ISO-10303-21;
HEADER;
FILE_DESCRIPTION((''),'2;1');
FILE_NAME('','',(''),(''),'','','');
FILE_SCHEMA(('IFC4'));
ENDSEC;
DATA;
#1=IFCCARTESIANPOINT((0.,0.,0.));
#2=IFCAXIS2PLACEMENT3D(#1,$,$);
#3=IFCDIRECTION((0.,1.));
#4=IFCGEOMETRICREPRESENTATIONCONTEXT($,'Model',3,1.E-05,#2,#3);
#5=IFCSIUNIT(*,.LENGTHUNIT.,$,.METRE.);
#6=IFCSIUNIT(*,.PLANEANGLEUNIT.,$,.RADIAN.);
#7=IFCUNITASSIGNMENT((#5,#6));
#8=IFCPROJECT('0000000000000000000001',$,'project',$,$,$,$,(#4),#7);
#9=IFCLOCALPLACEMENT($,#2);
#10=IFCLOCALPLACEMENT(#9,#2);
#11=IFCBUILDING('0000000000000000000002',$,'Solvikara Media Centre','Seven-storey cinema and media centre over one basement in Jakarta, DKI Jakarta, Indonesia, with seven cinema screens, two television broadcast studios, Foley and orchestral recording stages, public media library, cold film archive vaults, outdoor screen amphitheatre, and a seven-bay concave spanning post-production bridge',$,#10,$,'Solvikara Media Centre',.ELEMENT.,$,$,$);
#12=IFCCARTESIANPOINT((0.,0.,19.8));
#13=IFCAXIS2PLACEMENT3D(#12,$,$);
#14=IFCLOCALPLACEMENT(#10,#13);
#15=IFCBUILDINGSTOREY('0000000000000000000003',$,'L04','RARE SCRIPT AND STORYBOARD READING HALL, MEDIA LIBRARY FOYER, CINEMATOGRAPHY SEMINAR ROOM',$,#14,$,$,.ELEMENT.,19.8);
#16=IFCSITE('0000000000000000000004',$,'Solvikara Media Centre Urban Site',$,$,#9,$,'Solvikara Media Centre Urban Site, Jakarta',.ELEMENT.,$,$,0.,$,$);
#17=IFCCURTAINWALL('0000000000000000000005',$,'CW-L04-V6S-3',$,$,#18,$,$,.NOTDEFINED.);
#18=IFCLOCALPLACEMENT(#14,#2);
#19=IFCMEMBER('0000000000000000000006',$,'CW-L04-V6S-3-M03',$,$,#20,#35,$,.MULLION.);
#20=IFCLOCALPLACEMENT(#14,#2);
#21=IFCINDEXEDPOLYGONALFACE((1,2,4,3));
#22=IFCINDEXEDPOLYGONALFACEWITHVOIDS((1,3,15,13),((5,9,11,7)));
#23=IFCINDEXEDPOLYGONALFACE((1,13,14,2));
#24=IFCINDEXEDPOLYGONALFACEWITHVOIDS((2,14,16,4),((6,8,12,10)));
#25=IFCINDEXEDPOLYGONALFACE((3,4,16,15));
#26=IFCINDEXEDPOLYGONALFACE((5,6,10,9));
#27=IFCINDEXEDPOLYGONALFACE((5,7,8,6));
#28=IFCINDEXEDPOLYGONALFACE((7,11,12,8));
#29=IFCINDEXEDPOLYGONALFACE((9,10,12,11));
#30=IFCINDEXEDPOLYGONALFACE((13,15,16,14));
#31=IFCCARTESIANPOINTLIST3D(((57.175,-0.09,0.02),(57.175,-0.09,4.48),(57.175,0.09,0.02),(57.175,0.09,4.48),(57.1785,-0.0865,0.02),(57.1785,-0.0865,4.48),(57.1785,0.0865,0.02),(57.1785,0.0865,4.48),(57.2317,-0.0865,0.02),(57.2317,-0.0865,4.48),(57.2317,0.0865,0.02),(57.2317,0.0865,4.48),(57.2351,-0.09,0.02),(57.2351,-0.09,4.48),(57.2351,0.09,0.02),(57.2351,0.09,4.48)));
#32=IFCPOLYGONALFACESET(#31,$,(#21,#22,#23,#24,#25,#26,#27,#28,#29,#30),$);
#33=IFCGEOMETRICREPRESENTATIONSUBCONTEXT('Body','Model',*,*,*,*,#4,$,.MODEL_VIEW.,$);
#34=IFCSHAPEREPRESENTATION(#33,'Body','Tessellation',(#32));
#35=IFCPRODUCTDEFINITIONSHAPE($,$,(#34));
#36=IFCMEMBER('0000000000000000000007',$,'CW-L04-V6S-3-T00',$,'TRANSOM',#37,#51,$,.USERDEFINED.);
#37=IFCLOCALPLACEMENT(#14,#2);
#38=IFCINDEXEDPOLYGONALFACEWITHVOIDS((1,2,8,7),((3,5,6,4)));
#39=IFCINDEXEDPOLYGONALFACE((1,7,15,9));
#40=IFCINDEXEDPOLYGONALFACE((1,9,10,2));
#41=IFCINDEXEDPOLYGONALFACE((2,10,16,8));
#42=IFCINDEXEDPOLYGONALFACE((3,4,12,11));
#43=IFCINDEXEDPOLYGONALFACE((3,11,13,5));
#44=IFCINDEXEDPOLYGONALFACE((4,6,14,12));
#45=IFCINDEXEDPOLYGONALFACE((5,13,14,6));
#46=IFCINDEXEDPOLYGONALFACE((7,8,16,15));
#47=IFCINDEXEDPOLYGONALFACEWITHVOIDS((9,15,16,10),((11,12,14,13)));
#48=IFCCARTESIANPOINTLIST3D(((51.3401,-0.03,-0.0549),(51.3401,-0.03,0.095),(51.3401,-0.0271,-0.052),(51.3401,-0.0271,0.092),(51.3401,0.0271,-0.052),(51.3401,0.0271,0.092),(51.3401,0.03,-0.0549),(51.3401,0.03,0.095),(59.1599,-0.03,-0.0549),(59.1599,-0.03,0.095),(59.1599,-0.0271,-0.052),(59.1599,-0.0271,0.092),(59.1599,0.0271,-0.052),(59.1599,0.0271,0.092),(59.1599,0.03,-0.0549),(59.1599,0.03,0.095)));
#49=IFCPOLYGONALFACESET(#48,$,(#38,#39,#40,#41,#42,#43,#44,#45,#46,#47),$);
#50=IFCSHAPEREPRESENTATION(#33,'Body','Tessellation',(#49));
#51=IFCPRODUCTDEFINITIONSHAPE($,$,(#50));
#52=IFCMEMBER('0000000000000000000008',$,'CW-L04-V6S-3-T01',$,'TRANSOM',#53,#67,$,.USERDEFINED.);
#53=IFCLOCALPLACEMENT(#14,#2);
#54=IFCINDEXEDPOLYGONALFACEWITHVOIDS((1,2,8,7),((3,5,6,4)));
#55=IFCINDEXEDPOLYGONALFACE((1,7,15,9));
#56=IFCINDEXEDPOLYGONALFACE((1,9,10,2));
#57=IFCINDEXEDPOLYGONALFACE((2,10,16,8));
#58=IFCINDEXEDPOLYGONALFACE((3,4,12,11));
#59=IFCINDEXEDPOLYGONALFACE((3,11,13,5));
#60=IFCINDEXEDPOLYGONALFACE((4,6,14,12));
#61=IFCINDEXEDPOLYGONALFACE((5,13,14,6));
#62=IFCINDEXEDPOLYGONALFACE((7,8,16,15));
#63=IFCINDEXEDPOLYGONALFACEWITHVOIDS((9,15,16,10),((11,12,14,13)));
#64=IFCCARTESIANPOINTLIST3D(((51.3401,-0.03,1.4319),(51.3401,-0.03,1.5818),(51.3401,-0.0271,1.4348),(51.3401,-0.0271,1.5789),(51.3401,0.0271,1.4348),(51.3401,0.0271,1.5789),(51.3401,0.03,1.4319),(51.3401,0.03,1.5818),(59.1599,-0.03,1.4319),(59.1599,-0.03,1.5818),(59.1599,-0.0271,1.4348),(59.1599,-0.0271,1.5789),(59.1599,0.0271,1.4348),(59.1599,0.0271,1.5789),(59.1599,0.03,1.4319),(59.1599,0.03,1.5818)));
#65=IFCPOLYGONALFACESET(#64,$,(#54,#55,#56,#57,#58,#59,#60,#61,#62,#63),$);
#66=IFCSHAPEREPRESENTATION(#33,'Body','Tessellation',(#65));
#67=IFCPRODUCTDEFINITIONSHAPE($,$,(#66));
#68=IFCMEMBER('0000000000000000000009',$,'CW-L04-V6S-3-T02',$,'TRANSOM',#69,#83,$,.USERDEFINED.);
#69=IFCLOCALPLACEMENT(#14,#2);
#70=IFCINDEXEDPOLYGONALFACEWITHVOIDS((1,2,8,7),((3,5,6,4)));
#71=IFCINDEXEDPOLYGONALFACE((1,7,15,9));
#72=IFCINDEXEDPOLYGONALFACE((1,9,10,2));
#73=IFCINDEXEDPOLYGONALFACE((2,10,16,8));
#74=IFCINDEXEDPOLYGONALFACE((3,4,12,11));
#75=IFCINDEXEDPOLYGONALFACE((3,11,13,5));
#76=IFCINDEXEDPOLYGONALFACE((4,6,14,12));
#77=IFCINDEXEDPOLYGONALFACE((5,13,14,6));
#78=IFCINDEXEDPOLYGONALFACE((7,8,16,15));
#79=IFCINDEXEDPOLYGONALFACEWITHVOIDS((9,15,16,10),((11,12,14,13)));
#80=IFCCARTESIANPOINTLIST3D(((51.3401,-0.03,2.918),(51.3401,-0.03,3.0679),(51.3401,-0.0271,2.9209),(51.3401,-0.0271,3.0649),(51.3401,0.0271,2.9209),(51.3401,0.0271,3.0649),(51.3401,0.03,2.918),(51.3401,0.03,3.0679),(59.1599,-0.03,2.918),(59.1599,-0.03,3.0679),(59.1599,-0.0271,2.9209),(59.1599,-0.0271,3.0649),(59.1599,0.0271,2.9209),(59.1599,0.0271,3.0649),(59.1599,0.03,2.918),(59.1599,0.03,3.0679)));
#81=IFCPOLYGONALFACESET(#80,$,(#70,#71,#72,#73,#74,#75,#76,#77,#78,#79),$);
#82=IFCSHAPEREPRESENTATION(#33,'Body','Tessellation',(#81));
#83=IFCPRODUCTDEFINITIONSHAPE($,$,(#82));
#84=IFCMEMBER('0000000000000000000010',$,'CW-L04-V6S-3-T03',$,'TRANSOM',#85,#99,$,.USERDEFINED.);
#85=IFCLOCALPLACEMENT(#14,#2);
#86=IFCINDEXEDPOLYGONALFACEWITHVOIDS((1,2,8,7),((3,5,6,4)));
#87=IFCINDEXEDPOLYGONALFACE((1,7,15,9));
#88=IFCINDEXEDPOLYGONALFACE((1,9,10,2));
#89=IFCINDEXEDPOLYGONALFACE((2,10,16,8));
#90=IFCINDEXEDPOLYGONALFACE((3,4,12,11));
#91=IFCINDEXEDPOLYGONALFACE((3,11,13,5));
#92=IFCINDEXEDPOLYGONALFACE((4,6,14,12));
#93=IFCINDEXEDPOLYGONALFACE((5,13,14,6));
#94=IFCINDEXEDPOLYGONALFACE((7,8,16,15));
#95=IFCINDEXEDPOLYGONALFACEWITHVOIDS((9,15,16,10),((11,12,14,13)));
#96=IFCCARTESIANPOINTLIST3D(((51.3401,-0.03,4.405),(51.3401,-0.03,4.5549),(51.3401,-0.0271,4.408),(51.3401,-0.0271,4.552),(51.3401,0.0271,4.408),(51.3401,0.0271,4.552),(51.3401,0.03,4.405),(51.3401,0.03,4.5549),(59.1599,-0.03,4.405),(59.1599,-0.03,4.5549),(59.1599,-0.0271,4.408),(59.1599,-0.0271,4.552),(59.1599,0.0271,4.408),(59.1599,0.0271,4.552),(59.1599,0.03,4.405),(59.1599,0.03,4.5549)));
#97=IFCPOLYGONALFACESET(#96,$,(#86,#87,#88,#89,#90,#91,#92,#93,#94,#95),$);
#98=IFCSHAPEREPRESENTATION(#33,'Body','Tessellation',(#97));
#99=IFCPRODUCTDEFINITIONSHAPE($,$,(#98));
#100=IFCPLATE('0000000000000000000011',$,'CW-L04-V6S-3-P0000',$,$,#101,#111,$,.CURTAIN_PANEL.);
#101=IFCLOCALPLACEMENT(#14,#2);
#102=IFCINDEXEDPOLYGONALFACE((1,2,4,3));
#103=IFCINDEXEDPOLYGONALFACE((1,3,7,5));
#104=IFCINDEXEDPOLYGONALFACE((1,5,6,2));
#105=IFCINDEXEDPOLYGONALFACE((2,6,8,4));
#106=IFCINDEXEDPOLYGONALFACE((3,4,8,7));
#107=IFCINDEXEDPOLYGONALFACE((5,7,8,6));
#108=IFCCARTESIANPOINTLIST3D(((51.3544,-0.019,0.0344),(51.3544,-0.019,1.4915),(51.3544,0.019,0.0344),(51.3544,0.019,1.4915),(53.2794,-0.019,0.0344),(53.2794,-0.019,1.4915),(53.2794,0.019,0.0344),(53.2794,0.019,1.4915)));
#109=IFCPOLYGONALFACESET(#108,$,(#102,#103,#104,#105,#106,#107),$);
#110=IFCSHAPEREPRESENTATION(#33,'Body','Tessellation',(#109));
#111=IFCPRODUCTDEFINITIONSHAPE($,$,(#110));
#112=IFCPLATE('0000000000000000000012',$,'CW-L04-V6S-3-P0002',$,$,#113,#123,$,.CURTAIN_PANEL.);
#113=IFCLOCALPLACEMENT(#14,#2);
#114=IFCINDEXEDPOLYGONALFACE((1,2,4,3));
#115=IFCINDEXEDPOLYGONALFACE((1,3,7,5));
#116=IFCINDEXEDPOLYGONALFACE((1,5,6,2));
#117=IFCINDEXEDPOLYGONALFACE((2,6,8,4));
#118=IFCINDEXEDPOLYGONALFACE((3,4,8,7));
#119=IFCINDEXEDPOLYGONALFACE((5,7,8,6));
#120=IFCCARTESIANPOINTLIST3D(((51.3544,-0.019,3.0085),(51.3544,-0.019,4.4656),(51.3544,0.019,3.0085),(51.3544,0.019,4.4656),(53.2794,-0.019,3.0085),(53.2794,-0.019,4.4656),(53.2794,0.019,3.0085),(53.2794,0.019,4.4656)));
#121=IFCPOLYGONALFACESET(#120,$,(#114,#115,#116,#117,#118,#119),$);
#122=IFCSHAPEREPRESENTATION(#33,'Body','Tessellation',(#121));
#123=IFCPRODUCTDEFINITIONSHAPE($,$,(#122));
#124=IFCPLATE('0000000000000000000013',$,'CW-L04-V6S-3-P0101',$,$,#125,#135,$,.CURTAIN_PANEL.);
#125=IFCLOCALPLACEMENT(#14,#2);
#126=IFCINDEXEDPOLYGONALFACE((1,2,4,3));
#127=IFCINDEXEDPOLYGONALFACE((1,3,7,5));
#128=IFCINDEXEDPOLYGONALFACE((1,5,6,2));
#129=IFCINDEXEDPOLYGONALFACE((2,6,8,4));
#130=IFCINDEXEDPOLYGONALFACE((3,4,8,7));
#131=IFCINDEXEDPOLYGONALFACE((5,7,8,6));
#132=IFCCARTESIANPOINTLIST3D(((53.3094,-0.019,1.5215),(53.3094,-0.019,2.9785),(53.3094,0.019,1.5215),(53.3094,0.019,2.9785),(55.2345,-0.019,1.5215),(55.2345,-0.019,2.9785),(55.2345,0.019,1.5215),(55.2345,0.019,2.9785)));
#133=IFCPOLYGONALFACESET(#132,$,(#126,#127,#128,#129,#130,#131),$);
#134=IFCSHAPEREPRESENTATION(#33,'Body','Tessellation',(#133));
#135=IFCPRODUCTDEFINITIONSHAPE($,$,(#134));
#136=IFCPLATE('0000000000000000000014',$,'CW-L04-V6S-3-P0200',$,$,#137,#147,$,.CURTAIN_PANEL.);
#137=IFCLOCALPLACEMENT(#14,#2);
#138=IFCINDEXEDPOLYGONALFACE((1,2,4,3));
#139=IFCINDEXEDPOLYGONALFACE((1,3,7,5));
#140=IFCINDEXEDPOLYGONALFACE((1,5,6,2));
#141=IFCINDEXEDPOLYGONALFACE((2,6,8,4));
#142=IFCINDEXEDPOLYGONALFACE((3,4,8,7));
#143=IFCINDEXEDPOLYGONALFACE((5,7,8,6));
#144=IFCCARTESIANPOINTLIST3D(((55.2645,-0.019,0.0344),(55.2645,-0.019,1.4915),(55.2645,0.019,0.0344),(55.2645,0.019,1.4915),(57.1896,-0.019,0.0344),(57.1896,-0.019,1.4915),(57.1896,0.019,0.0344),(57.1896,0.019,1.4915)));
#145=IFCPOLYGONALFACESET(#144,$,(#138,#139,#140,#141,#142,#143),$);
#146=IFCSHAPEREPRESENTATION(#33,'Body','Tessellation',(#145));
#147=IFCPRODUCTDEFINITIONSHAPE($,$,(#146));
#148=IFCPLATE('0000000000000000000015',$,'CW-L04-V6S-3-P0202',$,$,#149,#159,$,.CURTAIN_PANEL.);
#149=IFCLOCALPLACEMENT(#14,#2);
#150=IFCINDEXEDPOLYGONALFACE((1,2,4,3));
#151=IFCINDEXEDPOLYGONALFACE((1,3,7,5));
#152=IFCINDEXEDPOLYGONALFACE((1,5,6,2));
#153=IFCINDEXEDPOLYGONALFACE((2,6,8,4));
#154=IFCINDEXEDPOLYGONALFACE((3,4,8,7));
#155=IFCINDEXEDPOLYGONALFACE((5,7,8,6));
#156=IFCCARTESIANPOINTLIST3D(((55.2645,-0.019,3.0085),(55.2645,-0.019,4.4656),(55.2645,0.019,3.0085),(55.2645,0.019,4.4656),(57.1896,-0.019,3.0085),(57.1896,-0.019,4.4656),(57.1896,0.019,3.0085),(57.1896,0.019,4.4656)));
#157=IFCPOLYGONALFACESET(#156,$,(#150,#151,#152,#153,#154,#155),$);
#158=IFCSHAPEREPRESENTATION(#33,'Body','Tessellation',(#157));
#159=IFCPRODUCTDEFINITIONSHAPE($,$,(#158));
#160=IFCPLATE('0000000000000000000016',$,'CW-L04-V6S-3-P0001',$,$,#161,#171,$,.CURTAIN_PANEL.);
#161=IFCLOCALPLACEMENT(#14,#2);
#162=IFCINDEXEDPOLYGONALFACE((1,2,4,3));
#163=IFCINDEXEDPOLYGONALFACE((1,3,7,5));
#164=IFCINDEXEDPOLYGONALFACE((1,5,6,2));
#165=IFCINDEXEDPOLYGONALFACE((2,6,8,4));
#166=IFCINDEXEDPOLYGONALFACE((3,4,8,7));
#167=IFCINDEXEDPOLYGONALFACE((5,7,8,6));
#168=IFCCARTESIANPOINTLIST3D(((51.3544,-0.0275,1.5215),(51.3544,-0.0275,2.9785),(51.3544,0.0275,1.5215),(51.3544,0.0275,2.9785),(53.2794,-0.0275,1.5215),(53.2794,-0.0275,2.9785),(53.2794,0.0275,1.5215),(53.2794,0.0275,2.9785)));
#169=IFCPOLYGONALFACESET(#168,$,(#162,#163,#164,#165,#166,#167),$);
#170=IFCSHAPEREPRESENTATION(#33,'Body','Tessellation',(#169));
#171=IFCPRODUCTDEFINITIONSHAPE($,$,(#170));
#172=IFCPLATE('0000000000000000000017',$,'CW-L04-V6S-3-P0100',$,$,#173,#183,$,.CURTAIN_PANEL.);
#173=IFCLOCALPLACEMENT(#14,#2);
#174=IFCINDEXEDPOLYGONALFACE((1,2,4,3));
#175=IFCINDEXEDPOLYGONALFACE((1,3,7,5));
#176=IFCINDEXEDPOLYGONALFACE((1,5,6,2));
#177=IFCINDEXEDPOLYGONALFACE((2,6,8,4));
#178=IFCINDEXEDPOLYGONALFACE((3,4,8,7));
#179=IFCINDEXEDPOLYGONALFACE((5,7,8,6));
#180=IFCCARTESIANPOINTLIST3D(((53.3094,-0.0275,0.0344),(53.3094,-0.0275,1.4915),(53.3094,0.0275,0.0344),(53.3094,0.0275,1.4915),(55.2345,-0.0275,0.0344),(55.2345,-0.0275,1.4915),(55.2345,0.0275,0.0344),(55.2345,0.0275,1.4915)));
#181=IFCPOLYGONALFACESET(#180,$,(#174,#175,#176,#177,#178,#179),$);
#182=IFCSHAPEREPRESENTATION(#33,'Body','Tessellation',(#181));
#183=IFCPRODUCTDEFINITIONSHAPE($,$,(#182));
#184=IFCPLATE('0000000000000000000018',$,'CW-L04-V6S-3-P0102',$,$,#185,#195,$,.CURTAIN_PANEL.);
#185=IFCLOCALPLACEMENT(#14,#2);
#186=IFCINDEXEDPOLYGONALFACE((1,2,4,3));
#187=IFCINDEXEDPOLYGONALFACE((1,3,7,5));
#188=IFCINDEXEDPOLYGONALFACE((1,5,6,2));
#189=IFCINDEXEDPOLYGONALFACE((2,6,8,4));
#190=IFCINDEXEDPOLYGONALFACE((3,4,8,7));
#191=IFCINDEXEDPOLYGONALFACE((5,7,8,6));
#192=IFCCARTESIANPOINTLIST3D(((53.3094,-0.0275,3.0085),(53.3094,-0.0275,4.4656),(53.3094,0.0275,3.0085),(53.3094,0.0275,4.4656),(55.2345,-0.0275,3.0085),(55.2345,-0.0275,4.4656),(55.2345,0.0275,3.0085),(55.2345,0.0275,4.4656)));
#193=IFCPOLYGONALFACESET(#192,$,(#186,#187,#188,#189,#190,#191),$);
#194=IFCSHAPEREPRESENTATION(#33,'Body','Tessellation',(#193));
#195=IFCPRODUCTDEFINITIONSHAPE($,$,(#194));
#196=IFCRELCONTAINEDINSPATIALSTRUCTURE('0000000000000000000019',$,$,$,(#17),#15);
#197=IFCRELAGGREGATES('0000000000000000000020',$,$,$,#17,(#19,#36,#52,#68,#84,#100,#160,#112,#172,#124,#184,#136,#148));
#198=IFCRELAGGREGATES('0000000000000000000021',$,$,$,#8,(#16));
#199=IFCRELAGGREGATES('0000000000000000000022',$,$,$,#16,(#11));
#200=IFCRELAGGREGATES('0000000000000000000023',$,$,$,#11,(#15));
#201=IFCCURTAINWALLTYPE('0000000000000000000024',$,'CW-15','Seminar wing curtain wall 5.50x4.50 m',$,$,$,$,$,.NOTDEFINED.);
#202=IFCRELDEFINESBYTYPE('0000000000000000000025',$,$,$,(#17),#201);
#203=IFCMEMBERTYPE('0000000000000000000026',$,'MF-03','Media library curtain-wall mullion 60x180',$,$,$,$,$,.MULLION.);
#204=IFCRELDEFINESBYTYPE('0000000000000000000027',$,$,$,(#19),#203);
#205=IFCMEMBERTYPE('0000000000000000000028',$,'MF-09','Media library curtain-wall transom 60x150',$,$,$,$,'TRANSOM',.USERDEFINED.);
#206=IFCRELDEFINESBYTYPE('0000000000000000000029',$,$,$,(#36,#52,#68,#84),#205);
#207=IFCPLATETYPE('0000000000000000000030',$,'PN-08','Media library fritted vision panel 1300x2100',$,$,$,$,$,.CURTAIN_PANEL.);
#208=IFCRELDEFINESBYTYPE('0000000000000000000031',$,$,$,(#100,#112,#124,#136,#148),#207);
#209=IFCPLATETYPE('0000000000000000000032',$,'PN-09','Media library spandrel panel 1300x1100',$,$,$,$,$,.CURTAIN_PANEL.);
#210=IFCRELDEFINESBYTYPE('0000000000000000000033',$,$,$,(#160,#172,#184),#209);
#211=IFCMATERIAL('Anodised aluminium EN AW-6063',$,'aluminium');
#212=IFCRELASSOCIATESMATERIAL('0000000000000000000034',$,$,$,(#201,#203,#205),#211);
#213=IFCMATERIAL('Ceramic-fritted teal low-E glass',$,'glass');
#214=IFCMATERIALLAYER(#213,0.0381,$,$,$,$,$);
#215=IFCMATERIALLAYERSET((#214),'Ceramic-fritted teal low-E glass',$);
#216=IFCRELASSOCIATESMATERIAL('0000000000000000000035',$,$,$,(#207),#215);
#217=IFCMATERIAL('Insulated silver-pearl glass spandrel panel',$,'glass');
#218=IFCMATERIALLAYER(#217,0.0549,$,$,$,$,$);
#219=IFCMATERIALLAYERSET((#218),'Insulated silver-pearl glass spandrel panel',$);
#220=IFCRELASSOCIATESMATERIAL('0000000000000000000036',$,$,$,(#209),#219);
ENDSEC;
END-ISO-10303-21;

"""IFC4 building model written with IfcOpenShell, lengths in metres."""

from ifc_helpers import new_model, si_unit, direction, frame, origin, origin_2d, place, context, subcontext, project, spatial, rectangle, hollow_rectangle, extrude, material, layer, layer_set, material_profile, profile_set, type_object, element, aggregate, save


model = new_model("IFC4")

# Units and contexts
model_context = context("Model", 3, precision=1e-05, world=origin(), true_north=direction((0.0, 1.0)))
body_context = subcontext(model_context, "Body", "Model", "MODEL_VIEW")
ifc_project = project(units=[si_unit("LENGTHUNIT", "METRE"), si_unit("PLANEANGLEUNIT", "RADIAN")], contexts=[model_context])

# Site, building, storey
site_placement = place(None, origin())
site = spatial("IfcSite", under=ifc_project, at=site_placement, Name="Solvikara Media Centre Urban Site", LongName="Solvikara Media Centre Urban Site, Jakarta", CompositionType="ELEMENT", RefElevation=0.0)
building_placement = place(site_placement, origin())
building = spatial("IfcBuilding", under=site, at=building_placement, Name="Solvikara Media Centre", Description="Seven-storey cinema and media centre over one basement in Jakarta, DKI Jakarta, Indonesia, with seven cinema screens, two television broadcast studios, Foley and orchestral recording stages, public media library, cold film archive vaults, outdoor screen amphitheatre, and a seven-bay concave spanning post-production bridge", LongName="Solvikara Media Centre", CompositionType="ELEMENT")
storey_placement = place(building_placement, frame((0.0, 0.0, 19.8)))
storey = spatial("IfcBuildingStorey", under=building, at=storey_placement, Name="L04", Description="RARE SCRIPT AND STORYBOARD READING HALL, MEDIA LIBRARY FOYER, CINEMATOGRAPHY SEMINAR ROOM", CompositionType="ELEMENT", Elevation=19.8)

# Curtain wall, members, plates
ifc_material_1 = material(Name="Anodised aluminium EN AW-6063", Category="aluminium")
curtain_wall_type = type_object("IfcCurtainWallType", Name="CW-15", Description="Seminar wing curtain wall 5.50x4.50 m", PredefinedType="NOTDEFINED", material=ifc_material_1)
curtain_wall_placement = place(storey_placement, origin())
curtain_wall = element("IfcCurtainWall", 1, at=curtain_wall_placement, inside=storey, type_object=curtain_wall_type, Name="CW-L04-V6S-3", PredefinedType="NOTDEFINED")
ifc_material_profile_1 = material_profile(ifc_material_1, hollow_rectangle(XDim=0.0601, YDim=0.1799, WallThickness=0.0034, at=origin_2d()), Name="ALU-M 60x180x3.5")
ifc_profile_set_1 = profile_set([ifc_material_profile_1], Name="Anodised aluminium EN AW-6063")
member_type_1 = type_object("IfcMemberType", Name="MF-03", Description="Media library curtain-wall mullion 60x180", PredefinedType="MULLION", material=ifc_profile_set_1)
member_1_placement = place(storey_placement, frame((57.2051, 0.0, 0.02), z_axis=(0.0, 0.0, 1.0), x_axis=(1.0, 0.0, 0.0)))
member_1 = element("IfcMember", 2, at=member_1_placement, type_object=member_type_1, Name="CW-L04-V6S-3-M03", PredefinedType="MULLION", context=body_context, shape_type="SweptSolid", body=[
    extrude(hollow_rectangle(XDim=0.0601, YDim=0.1799, WallThickness=0.0034, at=origin_2d()), origin(), (0.0, 0.0, 1.0), 4.46),
])
ifc_material_profile_2 = material_profile(ifc_material_1, hollow_rectangle(XDim=0.0601, YDim=0.1499, WallThickness=0.0029, at=origin_2d()), Name="ALU-T 60x150x3")
ifc_profile_set_2 = profile_set([ifc_material_profile_2], Name="Anodised aluminium EN AW-6063")
member_type_2 = type_object("IfcMemberType", Name="MF-09", Description="Media library curtain-wall transom 60x150", ElementType="TRANSOM", PredefinedType="USERDEFINED", material=ifc_profile_set_2)
member_2_placement = place(storey_placement, frame((51.3401, 0.0, 0.02), z_axis=(1.0, 0.0, 0.0), x_axis=(0.0, 1.0, 0.0)))
member_2 = element("IfcMember", 3, at=member_2_placement, type_object=member_type_2, Name="CW-L04-V6S-3-T00", ObjectType="TRANSOM", PredefinedType="USERDEFINED", context=body_context, shape_type="SweptSolid", body=[
    extrude(hollow_rectangle(XDim=0.0601, YDim=0.1499, WallThickness=0.0029, at=origin_2d()), origin(), (0.0, 0.0, 1.0), 7.8198),
])
member_3_placement = place(storey_placement, frame((51.3401, 0.0, 1.5068), z_axis=(1.0, 0.0, 0.0), x_axis=(0.0, 1.0, 0.0)))
member_3 = element("IfcMember", 4, at=member_3_placement, type_object=member_type_2, Name="CW-L04-V6S-3-T01", ObjectType="TRANSOM", PredefinedType="USERDEFINED", context=body_context, shape_type="SweptSolid", body=[
    extrude(hollow_rectangle(XDim=0.0601, YDim=0.1499, WallThickness=0.0029, at=origin_2d()), origin(), (0.0, 0.0, 1.0), 7.8198),
])
member_4_placement = place(storey_placement, frame((51.3401, 0.0, 2.9929), z_axis=(1.0, 0.0, 0.0), x_axis=(0.0, 1.0, 0.0)))
member_4 = element("IfcMember", 5, at=member_4_placement, type_object=member_type_2, Name="CW-L04-V6S-3-T02", ObjectType="TRANSOM", PredefinedType="USERDEFINED", context=body_context, shape_type="SweptSolid", body=[
    extrude(hollow_rectangle(XDim=0.0601, YDim=0.1499, WallThickness=0.0029, at=origin_2d()), origin(), (0.0, 0.0, 1.0), 7.8198),
])
member_5_placement = place(storey_placement, frame((51.3401, 0.0, 4.48), z_axis=(1.0, 0.0, 0.0), x_axis=(0.0, 1.0, 0.0)))
member_5 = element("IfcMember", 6, at=member_5_placement, type_object=member_type_2, Name="CW-L04-V6S-3-T03", ObjectType="TRANSOM", PredefinedType="USERDEFINED", context=body_context, shape_type="SweptSolid", body=[
    extrude(hollow_rectangle(XDim=0.0601, YDim=0.1499, WallThickness=0.0029, at=origin_2d()), origin(), (0.0, 0.0, 1.0), 7.8198),
])
ifc_material_2 = material(Name="Ceramic-fritted teal low-E glass", Category="glass")
ifc_layer_1 = layer(ifc_material_2, 0.0381)
ifc_layer_set_1 = layer_set([ifc_layer_1], Name="Ceramic-fritted teal low-E glass")
plate_type_1 = type_object("IfcPlateType", Name="PN-08", Description="Media library fritted vision panel 1300x2100", PredefinedType="CURTAIN_PANEL", material=ifc_layer_set_1)
plate_1_placement = place(storey_placement, frame((52.3169, 0.0, 0.0344), z_axis=(0.0, 0.0, 1.0), x_axis=(1.0, 0.0, 0.0)))
plate_1 = element("IfcPlate", 7, at=plate_1_placement, type_object=plate_type_1, Name="CW-L04-V6S-3-P0000", PredefinedType="CURTAIN_PANEL", context=body_context, shape_type="SweptSolid", body=[
    extrude(rectangle(XDim=1.925, YDim=0.0381, at=origin_2d()), origin(), (0.0, 0.0, 1.0), 1.457),
])
plate_2_placement = place(storey_placement, frame((52.3169, 0.0, 3.0085), z_axis=(0.0, 0.0, 1.0), x_axis=(1.0, 0.0, 0.0)))
plate_2 = element("IfcPlate", 8, at=plate_2_placement, type_object=plate_type_1, Name="CW-L04-V6S-3-P0002", PredefinedType="CURTAIN_PANEL", context=body_context, shape_type="SweptSolid", body=[
    extrude(rectangle(XDim=1.925, YDim=0.0381, at=origin_2d()), origin(), (0.0, 0.0, 1.0), 1.457),
])
plate_3_placement = place(storey_placement, frame((54.272, 0.0, 1.5215), z_axis=(0.0, 0.0, 1.0), x_axis=(1.0, 0.0, 0.0)))
plate_3 = element("IfcPlate", 9, at=plate_3_placement, type_object=plate_type_1, Name="CW-L04-V6S-3-P0101", PredefinedType="CURTAIN_PANEL", context=body_context, shape_type="SweptSolid", body=[
    extrude(rectangle(XDim=1.925, YDim=0.0381, at=origin_2d()), origin(), (0.0, 0.0, 1.0), 1.457),
])
plate_4_placement = place(storey_placement, frame((56.2271, 0.0, 0.0344), z_axis=(0.0, 0.0, 1.0), x_axis=(1.0, 0.0, 0.0)))
plate_4 = element("IfcPlate", 10, at=plate_4_placement, type_object=plate_type_1, Name="CW-L04-V6S-3-P0200", PredefinedType="CURTAIN_PANEL", context=body_context, shape_type="SweptSolid", body=[
    extrude(rectangle(XDim=1.925, YDim=0.0381, at=origin_2d()), origin(), (0.0, 0.0, 1.0), 1.457),
])
plate_5_placement = place(storey_placement, frame((56.2271, 0.0, 3.0085), z_axis=(0.0, 0.0, 1.0), x_axis=(1.0, 0.0, 0.0)))
plate_5 = element("IfcPlate", 11, at=plate_5_placement, type_object=plate_type_1, Name="CW-L04-V6S-3-P0202", PredefinedType="CURTAIN_PANEL", context=body_context, shape_type="SweptSolid", body=[
    extrude(rectangle(XDim=1.925, YDim=0.0381, at=origin_2d()), origin(), (0.0, 0.0, 1.0), 1.457),
])
ifc_material_3 = material(Name="Insulated silver-pearl glass spandrel panel", Category="glass")
ifc_layer_2 = layer(ifc_material_3, 0.0549)
ifc_layer_set_2 = layer_set([ifc_layer_2], Name="Insulated silver-pearl glass spandrel panel")
plate_type_2 = type_object("IfcPlateType", Name="PN-09", Description="Media library spandrel panel 1300x1100", PredefinedType="CURTAIN_PANEL", material=ifc_layer_set_2)
plate_6_placement = place(storey_placement, frame((52.3169, 0.0, 1.5215), z_axis=(0.0, 0.0, 1.0), x_axis=(1.0, 0.0, 0.0)))
plate_6 = element("IfcPlate", 12, at=plate_6_placement, type_object=plate_type_2, Name="CW-L04-V6S-3-P0001", PredefinedType="CURTAIN_PANEL", context=body_context, shape_type="SweptSolid", body=[
    extrude(rectangle(XDim=1.925, YDim=0.0549, at=origin_2d()), origin(), (0.0, 0.0, 1.0), 1.457),
])
plate_7_placement = place(storey_placement, frame((54.272, 0.0, 0.0344), z_axis=(0.0, 0.0, 1.0), x_axis=(1.0, 0.0, 0.0)))
plate_7 = element("IfcPlate", 13, at=plate_7_placement, type_object=plate_type_2, Name="CW-L04-V6S-3-P0100", PredefinedType="CURTAIN_PANEL", context=body_context, shape_type="SweptSolid", body=[
    extrude(rectangle(XDim=1.925, YDim=0.0549, at=origin_2d()), origin(), (0.0, 0.0, 1.0), 1.457),
])
plate_8_placement = place(storey_placement, frame((54.272, 0.0, 3.0085), z_axis=(0.0, 0.0, 1.0), x_axis=(1.0, 0.0, 0.0)))
plate_8 = element("IfcPlate", 14, at=plate_8_placement, type_object=plate_type_2, Name="CW-L04-V6S-3-P0102", PredefinedType="CURTAIN_PANEL", context=body_context, shape_type="SweptSolid", body=[
    extrude(rectangle(XDim=1.925, YDim=0.0549, at=origin_2d()), origin(), (0.0, 0.0, 1.0), 1.457),
])
aggregate(curtain_wall, [member_1, member_2, member_3, member_4, member_5, plate_1, plate_6, plate_2, plate_7, plate_3, plate_8, plate_4, plate_5])

save(model, "model.ifc")
